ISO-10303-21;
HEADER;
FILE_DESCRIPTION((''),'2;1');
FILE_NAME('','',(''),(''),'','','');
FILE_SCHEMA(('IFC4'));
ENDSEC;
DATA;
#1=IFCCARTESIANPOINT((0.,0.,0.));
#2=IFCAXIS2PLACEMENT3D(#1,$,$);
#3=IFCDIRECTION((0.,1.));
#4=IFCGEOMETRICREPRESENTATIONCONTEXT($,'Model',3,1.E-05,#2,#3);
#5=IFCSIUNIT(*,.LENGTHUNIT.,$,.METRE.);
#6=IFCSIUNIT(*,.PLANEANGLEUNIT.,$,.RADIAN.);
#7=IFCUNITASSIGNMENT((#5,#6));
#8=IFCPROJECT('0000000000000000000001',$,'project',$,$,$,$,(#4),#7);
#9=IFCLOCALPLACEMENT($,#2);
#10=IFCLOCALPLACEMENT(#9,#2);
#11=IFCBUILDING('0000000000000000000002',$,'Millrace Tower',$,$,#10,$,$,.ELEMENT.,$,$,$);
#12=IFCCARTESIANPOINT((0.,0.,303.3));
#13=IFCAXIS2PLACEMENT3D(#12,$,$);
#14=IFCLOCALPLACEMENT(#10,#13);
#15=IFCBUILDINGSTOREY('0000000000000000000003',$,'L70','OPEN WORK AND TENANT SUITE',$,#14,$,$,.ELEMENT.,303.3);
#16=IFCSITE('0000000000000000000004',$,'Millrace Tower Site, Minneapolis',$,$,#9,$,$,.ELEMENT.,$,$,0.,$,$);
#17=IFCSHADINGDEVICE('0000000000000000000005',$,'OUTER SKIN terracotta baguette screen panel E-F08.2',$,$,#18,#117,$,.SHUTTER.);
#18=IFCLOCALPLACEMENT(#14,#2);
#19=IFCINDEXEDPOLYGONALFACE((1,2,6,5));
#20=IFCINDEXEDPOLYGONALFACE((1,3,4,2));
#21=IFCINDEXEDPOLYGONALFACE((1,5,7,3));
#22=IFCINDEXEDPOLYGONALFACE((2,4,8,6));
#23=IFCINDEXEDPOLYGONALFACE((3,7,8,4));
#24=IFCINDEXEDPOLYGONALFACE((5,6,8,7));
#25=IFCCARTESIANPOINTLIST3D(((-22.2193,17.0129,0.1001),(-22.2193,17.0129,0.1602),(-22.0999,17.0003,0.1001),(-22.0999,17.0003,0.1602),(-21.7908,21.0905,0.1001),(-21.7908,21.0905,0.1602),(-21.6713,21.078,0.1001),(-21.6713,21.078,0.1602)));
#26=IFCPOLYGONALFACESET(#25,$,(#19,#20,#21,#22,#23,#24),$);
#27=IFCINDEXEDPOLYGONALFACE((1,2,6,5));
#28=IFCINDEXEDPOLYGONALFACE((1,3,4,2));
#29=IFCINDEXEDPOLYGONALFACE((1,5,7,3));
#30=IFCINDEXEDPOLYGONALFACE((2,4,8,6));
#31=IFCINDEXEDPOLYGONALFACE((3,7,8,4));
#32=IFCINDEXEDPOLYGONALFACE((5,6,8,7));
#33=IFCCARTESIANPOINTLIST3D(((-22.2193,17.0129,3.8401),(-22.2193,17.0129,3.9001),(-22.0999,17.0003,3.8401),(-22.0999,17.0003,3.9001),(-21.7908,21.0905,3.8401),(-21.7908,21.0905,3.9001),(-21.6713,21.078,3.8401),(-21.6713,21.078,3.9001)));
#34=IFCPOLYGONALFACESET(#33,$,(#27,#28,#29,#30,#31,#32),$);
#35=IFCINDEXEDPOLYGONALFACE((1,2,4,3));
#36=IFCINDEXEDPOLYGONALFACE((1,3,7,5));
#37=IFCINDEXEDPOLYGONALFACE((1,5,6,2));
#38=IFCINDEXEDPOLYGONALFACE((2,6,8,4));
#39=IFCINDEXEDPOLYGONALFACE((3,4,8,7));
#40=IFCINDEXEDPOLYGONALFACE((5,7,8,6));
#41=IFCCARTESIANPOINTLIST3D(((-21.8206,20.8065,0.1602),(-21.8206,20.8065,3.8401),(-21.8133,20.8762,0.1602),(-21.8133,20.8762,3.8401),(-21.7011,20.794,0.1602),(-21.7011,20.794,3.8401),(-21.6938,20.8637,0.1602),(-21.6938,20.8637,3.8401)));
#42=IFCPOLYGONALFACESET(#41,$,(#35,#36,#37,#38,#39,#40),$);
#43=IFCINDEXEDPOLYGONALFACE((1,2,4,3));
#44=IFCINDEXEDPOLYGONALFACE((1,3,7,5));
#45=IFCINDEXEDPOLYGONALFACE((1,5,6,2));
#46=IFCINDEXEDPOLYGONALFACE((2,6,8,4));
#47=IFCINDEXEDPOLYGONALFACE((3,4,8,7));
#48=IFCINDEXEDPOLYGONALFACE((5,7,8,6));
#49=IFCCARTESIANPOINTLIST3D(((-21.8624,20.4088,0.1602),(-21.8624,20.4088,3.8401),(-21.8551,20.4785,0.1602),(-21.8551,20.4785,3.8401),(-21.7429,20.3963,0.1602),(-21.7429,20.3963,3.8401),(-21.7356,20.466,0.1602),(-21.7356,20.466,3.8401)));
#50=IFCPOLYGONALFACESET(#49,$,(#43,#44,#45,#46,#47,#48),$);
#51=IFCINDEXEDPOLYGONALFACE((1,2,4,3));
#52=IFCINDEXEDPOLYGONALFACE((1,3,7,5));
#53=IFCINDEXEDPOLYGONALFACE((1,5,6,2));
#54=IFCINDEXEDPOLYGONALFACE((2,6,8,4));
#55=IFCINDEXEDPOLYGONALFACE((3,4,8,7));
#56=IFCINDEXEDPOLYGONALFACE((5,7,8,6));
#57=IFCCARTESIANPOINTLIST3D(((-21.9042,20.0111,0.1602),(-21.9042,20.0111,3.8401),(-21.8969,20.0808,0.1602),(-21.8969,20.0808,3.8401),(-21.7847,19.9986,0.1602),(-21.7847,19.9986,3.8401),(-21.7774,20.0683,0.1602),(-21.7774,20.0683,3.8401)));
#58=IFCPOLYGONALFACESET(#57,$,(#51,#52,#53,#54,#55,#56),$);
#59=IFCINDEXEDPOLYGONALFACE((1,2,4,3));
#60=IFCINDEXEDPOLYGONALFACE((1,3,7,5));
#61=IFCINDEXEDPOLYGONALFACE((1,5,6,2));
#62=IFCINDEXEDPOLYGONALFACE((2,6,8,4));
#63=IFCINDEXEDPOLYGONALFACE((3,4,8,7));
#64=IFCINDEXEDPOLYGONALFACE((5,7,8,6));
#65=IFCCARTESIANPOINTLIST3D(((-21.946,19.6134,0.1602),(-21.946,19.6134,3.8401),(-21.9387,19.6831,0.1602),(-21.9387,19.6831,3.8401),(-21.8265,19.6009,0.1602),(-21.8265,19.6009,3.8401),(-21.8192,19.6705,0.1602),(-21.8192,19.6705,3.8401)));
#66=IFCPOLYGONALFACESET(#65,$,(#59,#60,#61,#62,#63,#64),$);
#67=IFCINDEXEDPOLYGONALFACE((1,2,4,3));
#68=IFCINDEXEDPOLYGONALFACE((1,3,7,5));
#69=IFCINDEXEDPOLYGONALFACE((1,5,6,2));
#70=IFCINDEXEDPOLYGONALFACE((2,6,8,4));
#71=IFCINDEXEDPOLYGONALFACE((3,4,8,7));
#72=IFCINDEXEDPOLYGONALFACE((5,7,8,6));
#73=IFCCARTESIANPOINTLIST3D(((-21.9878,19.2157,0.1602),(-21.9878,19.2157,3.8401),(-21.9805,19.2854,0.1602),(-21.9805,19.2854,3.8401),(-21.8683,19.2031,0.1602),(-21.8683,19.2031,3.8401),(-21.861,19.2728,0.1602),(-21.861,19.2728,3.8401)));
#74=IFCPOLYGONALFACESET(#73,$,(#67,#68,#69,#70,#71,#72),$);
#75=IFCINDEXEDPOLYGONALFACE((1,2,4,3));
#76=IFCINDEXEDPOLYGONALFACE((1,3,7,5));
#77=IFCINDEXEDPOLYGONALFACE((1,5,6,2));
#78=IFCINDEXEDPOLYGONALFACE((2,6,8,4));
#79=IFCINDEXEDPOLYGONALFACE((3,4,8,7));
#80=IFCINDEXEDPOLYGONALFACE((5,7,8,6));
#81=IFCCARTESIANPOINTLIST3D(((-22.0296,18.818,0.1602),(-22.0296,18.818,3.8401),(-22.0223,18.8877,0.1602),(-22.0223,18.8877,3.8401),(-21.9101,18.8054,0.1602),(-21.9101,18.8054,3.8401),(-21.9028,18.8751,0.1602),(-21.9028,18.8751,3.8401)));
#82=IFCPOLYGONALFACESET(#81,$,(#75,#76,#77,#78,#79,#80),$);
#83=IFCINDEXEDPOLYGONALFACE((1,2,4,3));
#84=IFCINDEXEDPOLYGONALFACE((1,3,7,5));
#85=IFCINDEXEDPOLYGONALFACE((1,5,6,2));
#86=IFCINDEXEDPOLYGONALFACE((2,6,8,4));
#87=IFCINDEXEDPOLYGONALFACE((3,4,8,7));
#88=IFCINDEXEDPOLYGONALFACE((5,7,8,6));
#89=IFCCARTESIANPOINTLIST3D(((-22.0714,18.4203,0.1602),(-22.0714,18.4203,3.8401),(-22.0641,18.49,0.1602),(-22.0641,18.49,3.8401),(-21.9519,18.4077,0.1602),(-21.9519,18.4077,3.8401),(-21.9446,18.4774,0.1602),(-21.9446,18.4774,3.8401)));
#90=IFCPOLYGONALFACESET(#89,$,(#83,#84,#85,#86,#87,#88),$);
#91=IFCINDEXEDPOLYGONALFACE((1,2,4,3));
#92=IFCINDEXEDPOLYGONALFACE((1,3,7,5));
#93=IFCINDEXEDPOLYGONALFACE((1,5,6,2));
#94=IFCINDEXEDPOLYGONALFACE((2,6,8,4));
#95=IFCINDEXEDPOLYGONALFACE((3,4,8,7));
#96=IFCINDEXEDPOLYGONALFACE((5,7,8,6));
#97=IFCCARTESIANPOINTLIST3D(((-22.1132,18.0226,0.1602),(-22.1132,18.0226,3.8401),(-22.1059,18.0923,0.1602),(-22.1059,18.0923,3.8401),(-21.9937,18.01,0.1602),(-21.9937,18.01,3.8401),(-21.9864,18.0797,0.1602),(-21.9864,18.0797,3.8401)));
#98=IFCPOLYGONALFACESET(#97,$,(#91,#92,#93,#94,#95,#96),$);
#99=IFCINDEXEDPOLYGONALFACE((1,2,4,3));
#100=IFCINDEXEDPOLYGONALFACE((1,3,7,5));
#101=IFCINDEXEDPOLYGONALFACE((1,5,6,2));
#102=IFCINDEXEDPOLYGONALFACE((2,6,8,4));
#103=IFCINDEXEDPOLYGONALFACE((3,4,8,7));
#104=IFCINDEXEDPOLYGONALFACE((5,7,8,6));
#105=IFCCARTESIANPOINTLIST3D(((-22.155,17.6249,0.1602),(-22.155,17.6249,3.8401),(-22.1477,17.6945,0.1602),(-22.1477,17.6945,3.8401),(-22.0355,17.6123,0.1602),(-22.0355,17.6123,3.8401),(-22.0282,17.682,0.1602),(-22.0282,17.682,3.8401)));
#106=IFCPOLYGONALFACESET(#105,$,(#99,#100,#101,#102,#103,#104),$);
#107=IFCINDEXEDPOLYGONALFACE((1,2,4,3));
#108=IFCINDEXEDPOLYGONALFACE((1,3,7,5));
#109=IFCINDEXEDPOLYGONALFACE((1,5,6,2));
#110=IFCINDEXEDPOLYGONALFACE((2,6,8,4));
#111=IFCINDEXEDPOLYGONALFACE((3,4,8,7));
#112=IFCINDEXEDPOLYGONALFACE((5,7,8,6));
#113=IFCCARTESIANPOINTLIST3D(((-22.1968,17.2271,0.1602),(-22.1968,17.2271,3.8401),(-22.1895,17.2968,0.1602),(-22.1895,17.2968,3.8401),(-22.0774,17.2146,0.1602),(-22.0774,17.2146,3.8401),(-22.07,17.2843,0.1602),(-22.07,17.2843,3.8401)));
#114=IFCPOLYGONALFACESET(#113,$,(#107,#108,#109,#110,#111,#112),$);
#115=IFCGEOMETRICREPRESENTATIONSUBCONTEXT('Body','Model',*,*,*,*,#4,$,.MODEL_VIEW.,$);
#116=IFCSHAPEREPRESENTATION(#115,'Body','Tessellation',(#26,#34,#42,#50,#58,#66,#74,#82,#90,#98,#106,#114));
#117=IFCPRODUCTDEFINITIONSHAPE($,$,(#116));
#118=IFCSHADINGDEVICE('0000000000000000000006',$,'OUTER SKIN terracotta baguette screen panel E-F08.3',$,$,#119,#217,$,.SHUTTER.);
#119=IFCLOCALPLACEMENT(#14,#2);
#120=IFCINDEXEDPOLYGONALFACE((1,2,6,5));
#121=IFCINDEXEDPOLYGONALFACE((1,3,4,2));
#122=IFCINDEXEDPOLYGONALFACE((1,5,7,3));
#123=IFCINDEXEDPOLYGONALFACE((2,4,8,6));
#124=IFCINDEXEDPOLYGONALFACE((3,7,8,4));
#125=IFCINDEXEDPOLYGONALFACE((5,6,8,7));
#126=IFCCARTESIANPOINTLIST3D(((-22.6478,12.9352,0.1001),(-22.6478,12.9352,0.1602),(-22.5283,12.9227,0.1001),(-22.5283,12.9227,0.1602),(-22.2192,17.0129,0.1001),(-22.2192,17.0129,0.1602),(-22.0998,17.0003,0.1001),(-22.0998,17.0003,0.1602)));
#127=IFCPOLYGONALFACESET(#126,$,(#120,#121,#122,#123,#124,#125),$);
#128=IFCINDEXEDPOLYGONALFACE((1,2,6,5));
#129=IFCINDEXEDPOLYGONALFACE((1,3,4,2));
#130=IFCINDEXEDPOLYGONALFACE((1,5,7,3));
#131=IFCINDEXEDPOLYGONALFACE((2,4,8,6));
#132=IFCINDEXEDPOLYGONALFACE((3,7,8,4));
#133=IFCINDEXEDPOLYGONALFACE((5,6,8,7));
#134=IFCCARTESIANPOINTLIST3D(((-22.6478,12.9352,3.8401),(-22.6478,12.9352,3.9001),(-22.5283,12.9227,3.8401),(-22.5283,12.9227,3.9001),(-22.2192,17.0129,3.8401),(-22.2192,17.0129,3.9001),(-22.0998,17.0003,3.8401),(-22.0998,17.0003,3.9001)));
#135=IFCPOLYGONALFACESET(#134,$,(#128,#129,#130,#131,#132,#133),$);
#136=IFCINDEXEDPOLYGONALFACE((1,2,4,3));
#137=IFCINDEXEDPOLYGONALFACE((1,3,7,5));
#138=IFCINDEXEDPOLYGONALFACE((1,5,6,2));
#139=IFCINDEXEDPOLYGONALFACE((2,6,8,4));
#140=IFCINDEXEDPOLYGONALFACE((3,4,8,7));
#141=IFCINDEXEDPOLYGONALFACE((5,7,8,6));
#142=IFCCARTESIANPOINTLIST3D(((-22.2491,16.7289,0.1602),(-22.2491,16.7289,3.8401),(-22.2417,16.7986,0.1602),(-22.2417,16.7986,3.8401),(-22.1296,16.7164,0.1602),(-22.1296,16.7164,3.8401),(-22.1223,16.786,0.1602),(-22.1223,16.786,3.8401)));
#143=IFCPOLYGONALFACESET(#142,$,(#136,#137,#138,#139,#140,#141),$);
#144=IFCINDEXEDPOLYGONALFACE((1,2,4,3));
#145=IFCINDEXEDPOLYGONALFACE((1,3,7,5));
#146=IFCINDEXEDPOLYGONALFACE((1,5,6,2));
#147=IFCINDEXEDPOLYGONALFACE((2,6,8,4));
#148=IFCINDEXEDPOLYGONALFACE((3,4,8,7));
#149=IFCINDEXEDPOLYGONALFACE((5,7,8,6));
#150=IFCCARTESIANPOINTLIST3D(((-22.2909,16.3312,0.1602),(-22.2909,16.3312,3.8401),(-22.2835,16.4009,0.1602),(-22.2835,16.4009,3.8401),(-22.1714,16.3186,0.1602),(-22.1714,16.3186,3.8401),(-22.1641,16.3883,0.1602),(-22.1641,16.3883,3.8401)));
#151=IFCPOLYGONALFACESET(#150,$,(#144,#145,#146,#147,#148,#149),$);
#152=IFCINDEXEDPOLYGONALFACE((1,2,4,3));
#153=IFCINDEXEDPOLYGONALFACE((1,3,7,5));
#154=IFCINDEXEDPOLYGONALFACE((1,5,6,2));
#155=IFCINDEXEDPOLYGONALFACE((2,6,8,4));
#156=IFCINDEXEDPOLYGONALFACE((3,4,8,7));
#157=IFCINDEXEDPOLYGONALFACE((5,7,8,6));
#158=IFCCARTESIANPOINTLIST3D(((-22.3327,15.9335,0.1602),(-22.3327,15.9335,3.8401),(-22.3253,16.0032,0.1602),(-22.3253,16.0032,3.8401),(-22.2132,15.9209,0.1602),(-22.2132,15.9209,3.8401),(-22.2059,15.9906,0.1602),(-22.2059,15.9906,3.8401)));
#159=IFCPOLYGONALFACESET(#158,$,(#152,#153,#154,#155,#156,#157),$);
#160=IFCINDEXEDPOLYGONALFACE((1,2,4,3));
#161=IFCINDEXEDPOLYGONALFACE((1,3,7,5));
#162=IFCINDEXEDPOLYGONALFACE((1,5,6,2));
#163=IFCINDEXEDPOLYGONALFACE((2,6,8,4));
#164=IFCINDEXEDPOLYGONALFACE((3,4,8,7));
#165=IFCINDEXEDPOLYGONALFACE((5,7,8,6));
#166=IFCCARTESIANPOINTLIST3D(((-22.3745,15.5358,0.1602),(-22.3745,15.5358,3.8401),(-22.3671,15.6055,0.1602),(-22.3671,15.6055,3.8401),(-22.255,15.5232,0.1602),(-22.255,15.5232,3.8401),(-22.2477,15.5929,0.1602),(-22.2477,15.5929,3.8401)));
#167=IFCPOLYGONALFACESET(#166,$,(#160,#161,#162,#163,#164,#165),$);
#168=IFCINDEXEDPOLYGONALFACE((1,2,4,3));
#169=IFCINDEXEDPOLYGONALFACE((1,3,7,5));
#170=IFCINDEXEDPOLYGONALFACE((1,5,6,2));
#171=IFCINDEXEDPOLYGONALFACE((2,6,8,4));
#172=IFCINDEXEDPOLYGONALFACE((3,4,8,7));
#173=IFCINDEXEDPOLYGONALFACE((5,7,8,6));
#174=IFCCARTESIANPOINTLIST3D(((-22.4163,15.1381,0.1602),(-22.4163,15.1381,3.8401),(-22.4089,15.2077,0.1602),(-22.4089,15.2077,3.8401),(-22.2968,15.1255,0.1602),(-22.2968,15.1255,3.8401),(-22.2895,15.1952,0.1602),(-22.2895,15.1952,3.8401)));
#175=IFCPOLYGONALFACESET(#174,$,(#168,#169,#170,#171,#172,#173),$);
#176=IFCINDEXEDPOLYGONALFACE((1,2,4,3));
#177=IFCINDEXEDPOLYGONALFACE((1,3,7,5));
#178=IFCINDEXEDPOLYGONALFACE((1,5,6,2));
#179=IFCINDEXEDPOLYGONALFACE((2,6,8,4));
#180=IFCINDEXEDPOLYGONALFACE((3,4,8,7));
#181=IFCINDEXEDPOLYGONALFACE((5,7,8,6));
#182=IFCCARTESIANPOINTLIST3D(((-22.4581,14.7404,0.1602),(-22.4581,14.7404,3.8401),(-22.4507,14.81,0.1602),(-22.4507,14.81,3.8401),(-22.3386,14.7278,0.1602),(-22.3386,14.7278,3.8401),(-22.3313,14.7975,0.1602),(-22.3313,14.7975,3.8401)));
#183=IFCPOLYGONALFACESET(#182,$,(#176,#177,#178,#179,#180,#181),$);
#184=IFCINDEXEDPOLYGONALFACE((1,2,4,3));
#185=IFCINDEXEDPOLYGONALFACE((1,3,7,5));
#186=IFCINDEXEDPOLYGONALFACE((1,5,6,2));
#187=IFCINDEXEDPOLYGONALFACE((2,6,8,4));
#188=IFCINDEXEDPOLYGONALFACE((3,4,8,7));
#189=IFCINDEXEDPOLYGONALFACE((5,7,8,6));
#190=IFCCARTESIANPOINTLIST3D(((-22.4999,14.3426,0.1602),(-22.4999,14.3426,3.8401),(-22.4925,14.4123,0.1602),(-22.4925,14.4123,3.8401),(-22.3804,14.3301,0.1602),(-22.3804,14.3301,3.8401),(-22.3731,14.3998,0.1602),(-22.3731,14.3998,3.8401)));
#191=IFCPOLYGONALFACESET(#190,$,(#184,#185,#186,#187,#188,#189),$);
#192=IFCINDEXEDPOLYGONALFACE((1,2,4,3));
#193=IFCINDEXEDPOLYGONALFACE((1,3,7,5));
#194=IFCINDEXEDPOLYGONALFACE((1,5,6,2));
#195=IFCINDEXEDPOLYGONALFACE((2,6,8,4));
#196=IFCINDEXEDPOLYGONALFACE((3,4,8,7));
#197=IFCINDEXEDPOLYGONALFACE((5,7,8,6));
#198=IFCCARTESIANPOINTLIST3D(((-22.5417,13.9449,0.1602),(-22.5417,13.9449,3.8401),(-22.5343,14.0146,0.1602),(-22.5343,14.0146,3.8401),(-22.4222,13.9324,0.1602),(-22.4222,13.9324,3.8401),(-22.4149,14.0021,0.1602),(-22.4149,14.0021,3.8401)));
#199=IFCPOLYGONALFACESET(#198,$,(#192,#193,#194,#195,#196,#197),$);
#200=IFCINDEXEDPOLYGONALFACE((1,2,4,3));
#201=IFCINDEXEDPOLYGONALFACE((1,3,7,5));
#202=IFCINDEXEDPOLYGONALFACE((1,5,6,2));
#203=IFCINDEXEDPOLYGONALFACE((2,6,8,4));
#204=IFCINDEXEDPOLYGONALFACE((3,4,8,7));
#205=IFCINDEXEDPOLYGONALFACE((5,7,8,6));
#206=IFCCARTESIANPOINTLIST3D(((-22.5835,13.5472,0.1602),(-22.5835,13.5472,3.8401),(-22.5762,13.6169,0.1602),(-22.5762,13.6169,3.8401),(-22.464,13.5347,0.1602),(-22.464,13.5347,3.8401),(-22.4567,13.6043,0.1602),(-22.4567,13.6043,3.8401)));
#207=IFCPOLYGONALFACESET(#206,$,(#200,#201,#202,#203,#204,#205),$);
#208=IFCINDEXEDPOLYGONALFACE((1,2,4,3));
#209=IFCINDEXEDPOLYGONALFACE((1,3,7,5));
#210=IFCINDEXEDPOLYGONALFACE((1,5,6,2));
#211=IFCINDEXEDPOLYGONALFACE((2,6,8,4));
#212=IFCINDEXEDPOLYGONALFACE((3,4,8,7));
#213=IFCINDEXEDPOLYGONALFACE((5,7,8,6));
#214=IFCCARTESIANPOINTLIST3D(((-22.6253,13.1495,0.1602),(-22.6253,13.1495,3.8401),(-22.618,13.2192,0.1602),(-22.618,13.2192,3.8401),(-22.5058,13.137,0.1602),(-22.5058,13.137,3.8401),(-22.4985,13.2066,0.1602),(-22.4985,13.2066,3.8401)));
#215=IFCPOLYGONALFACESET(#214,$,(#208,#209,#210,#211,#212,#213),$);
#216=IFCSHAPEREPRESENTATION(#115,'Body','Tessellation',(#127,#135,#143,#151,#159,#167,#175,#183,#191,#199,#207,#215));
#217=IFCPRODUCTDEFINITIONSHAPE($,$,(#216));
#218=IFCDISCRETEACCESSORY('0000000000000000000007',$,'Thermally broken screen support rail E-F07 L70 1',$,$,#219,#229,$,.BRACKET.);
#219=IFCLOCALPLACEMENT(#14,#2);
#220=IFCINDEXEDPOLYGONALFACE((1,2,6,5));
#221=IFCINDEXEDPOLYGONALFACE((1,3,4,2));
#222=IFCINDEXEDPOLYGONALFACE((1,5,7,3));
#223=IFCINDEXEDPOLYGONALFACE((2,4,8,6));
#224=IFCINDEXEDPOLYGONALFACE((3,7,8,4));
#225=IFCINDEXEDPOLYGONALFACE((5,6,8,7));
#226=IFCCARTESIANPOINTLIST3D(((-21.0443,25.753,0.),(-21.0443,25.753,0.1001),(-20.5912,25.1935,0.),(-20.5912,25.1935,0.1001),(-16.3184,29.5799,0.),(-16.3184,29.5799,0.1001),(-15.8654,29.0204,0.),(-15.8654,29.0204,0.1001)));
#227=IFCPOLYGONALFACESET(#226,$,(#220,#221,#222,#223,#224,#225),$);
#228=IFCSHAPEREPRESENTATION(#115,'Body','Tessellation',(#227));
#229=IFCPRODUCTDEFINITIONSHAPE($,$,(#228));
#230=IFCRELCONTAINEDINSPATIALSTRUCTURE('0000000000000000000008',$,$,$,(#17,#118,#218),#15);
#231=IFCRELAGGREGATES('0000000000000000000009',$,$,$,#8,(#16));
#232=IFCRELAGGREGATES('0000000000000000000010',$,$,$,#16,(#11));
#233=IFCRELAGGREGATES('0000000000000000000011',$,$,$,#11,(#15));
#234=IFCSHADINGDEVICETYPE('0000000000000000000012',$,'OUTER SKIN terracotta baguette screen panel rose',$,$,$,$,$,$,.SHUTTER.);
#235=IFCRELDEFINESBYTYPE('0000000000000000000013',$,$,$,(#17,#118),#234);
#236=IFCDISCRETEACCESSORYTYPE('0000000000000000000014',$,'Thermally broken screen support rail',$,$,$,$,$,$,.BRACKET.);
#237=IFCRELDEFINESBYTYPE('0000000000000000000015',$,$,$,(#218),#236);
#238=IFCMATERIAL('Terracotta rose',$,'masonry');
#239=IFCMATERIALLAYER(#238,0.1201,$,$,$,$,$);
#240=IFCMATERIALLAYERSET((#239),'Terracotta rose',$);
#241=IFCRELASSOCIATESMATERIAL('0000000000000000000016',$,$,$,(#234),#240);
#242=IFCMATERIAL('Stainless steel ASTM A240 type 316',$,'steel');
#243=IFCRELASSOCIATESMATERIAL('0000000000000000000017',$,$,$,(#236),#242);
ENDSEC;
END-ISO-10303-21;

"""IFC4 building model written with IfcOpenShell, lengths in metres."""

from ifc_helpers import new_model, entity, si_unit, direction, frame, frame_2d, origin, origin_2d, place, context, subcontext, project, spatial, rectangle, extrude, source, transform, mapped, material, layer, layer_set, type_object, element, save


model = new_model("IFC4")

# Units and contexts
model_context = context("Model", 3, precision=1e-05, world=origin(), true_north=direction((0.0, 1.0)))
body_context = subcontext(model_context, "Body", "Model", "MODEL_VIEW")
ifc_project = project(units=[si_unit("LENGTHUNIT", "METRE"), si_unit("PLANEANGLEUNIT", "RADIAN")], contexts=[model_context])

# Site, building, storey
site_placement = place(None, origin())
site = spatial("IfcSite", under=ifc_project, at=site_placement, Name="Millrace Tower Site, Minneapolis", CompositionType="ELEMENT", RefElevation=0.0)
building_placement = place(site_placement, origin())
building = spatial("IfcBuilding", under=site, at=building_placement, Name="Millrace Tower", CompositionType="ELEMENT")
storey_placement = place(building_placement, frame((0.0, 0.0, 303.3)))
storey = spatial("IfcBuildingStorey", under=building, at=storey_placement, Name="L70", Description="OPEN WORK AND TENANT SUITE", CompositionType="ELEMENT", Elevation=303.3)

# Shading devices
ifc_material_1 = material(Name="Terracotta rose", Category="masonry")
ifc_layer_1 = layer(ifc_material_1, 0.1201)
ifc_layer_set_1 = layer_set([ifc_layer_1], Name="Terracotta rose")
shading_device_type = type_object("IfcShadingDeviceType", Name="OUTER SKIN terracotta baguette screen panel rose", PredefinedType="SHUTTER", material=ifc_layer_set_1)
cartesian_point_1 = entity("IfcCartesianPoint", [-2.05, 0.0601])
shared_polyline_1 = entity("IfcPolyline", [cartesian_point_1, entity("IfcCartesianPoint", [2.05, 0.0601]), entity("IfcCartesianPoint", [2.05, -0.0601]), entity("IfcCartesianPoint", [-2.05, -0.0601]), cartesian_point_1])
shared_shape_1 = source(origin(), body_context, "Body", "SweptSolid", [
    entity("IfcExtrudedAreaSolid", entity("IfcArbitraryClosedProfileDef", "AREA", None, shared_polyline_1), entity("IfcAxis2Placement3D", entity("IfcCartesianPoint", [0.0, 0.0, 0.0])), entity("IfcDirection", [0.0, 0.0, 1.0]), 0.0601),
    entity("IfcExtrudedAreaSolid", entity("IfcArbitraryClosedProfileDef", "AREA", None, shared_polyline_1), entity("IfcAxis2Placement3D", entity("IfcCartesianPoint", [0.0, 0.0, 3.74])), entity("IfcDirection", [0.0, 0.0, 1.0]), 0.0601),
    extrude(rectangle(XDim=0.0701, YDim=0.1201, at=frame_2d((-1.7996, 0.0))), frame((0.0, 0.0, 0.0601)), (0.0, 0.0, 1.0), 3.6799),
    extrude(rectangle(XDim=0.0701, YDim=0.1201, at=frame_2d((-1.3997, 0.0))), frame((0.0, 0.0, 0.0601)), (0.0, 0.0, 1.0), 3.6799),
    extrude(rectangle(XDim=0.0701, YDim=0.1201, at=frame_2d((-0.9998, 0.0))), frame((0.0, 0.0, 0.0601)), (0.0, 0.0, 1.0), 3.6799),
    extrude(rectangle(XDim=0.0701, YDim=0.1201, at=frame_2d((-0.5999, 0.0))), frame((0.0, 0.0, 0.0601)), (0.0, 0.0, 1.0), 3.6799),
    extrude(rectangle(XDim=0.0701, YDim=0.1201, at=frame_2d((-0.2, 0.0))), frame((0.0, 0.0, 0.0601)), (0.0, 0.0, 1.0), 3.6799),
    extrude(rectangle(XDim=0.0701, YDim=0.1201, at=frame_2d((0.2, 0.0))), frame((0.0, 0.0, 0.0601)), (0.0, 0.0, 1.0), 3.6799),
    extrude(rectangle(XDim=0.0701, YDim=0.1201, at=frame_2d((0.5999, 0.0))), frame((0.0, 0.0, 0.0601)), (0.0, 0.0, 1.0), 3.6799),
    extrude(rectangle(XDim=0.0701, YDim=0.1201, at=frame_2d((0.9998, 0.0))), frame((0.0, 0.0, 0.0601)), (0.0, 0.0, 1.0), 3.6799),
    extrude(rectangle(XDim=0.0701, YDim=0.1201, at=frame_2d((1.3997, 0.0))), frame((0.0, 0.0, 0.0601)), (0.0, 0.0, 1.0), 3.6799),
    extrude(rectangle(XDim=0.0701, YDim=0.1201, at=frame_2d((1.7996, 0.0))), frame((0.0, 0.0, 0.0601)), (0.0, 0.0, 1.0), 3.6799),
])
for number, where, z_axis, x_axis, name in (
    (1, (-21.9453, 19.0454, 0.1001), (0.0, 0.0, 1.0), (-0.104528, -0.994522, 0.0), "OUTER SKIN terracotta baguette screen panel E-F08.2"),
    (2, (-22.3738, 14.9678, 0.1001), (0.0, 0.0, 1.0), (-0.104528, -0.994522, 0.0), "OUTER SKIN terracotta baguette screen panel E-F08.3"),
):
    element("IfcShadingDevice", number, at=place(storey_placement, frame(where, z_axis=z_axis, x_axis=x_axis)), inside=storey, type_object=shading_device_type, Name=name, PredefinedType="SHUTTER", context=body_context, shape_type="MappedRepresentation", body=[
        mapped(shared_shape_1, transform((0.0, 0.0, 0.0), scale=1.0)),
    ])

# Discrete accessory
ifc_material_2 = material(Name="Stainless steel ASTM A240 type 316", Category="steel")
discrete_accessory_type = type_object("IfcDiscreteAccessoryType", Name="Thermally broken screen support rail", PredefinedType="BRACKET", material=ifc_material_2)
discrete_accessory_placement = place(storey_placement, frame((-18.4548, 27.3867, 0.0), z_axis=(0.0, 0.0, 1.0), x_axis=(-0.777146, -0.62932, 0.0)))
element("IfcDiscreteAccessory", 3, at=discrete_accessory_placement, inside=storey, type_object=discrete_accessory_type, Name="Thermally broken screen support rail E-F07 L70 1", PredefinedType="BRACKET", context=body_context, shape_type="SweptSolid", body=[
    extrude(rectangle(XDim=6.0811, YDim=0.72, at=origin_2d()), origin(), (0.0, 0.0, 1.0), 0.1001),
])

save(model, "model.ifc")
